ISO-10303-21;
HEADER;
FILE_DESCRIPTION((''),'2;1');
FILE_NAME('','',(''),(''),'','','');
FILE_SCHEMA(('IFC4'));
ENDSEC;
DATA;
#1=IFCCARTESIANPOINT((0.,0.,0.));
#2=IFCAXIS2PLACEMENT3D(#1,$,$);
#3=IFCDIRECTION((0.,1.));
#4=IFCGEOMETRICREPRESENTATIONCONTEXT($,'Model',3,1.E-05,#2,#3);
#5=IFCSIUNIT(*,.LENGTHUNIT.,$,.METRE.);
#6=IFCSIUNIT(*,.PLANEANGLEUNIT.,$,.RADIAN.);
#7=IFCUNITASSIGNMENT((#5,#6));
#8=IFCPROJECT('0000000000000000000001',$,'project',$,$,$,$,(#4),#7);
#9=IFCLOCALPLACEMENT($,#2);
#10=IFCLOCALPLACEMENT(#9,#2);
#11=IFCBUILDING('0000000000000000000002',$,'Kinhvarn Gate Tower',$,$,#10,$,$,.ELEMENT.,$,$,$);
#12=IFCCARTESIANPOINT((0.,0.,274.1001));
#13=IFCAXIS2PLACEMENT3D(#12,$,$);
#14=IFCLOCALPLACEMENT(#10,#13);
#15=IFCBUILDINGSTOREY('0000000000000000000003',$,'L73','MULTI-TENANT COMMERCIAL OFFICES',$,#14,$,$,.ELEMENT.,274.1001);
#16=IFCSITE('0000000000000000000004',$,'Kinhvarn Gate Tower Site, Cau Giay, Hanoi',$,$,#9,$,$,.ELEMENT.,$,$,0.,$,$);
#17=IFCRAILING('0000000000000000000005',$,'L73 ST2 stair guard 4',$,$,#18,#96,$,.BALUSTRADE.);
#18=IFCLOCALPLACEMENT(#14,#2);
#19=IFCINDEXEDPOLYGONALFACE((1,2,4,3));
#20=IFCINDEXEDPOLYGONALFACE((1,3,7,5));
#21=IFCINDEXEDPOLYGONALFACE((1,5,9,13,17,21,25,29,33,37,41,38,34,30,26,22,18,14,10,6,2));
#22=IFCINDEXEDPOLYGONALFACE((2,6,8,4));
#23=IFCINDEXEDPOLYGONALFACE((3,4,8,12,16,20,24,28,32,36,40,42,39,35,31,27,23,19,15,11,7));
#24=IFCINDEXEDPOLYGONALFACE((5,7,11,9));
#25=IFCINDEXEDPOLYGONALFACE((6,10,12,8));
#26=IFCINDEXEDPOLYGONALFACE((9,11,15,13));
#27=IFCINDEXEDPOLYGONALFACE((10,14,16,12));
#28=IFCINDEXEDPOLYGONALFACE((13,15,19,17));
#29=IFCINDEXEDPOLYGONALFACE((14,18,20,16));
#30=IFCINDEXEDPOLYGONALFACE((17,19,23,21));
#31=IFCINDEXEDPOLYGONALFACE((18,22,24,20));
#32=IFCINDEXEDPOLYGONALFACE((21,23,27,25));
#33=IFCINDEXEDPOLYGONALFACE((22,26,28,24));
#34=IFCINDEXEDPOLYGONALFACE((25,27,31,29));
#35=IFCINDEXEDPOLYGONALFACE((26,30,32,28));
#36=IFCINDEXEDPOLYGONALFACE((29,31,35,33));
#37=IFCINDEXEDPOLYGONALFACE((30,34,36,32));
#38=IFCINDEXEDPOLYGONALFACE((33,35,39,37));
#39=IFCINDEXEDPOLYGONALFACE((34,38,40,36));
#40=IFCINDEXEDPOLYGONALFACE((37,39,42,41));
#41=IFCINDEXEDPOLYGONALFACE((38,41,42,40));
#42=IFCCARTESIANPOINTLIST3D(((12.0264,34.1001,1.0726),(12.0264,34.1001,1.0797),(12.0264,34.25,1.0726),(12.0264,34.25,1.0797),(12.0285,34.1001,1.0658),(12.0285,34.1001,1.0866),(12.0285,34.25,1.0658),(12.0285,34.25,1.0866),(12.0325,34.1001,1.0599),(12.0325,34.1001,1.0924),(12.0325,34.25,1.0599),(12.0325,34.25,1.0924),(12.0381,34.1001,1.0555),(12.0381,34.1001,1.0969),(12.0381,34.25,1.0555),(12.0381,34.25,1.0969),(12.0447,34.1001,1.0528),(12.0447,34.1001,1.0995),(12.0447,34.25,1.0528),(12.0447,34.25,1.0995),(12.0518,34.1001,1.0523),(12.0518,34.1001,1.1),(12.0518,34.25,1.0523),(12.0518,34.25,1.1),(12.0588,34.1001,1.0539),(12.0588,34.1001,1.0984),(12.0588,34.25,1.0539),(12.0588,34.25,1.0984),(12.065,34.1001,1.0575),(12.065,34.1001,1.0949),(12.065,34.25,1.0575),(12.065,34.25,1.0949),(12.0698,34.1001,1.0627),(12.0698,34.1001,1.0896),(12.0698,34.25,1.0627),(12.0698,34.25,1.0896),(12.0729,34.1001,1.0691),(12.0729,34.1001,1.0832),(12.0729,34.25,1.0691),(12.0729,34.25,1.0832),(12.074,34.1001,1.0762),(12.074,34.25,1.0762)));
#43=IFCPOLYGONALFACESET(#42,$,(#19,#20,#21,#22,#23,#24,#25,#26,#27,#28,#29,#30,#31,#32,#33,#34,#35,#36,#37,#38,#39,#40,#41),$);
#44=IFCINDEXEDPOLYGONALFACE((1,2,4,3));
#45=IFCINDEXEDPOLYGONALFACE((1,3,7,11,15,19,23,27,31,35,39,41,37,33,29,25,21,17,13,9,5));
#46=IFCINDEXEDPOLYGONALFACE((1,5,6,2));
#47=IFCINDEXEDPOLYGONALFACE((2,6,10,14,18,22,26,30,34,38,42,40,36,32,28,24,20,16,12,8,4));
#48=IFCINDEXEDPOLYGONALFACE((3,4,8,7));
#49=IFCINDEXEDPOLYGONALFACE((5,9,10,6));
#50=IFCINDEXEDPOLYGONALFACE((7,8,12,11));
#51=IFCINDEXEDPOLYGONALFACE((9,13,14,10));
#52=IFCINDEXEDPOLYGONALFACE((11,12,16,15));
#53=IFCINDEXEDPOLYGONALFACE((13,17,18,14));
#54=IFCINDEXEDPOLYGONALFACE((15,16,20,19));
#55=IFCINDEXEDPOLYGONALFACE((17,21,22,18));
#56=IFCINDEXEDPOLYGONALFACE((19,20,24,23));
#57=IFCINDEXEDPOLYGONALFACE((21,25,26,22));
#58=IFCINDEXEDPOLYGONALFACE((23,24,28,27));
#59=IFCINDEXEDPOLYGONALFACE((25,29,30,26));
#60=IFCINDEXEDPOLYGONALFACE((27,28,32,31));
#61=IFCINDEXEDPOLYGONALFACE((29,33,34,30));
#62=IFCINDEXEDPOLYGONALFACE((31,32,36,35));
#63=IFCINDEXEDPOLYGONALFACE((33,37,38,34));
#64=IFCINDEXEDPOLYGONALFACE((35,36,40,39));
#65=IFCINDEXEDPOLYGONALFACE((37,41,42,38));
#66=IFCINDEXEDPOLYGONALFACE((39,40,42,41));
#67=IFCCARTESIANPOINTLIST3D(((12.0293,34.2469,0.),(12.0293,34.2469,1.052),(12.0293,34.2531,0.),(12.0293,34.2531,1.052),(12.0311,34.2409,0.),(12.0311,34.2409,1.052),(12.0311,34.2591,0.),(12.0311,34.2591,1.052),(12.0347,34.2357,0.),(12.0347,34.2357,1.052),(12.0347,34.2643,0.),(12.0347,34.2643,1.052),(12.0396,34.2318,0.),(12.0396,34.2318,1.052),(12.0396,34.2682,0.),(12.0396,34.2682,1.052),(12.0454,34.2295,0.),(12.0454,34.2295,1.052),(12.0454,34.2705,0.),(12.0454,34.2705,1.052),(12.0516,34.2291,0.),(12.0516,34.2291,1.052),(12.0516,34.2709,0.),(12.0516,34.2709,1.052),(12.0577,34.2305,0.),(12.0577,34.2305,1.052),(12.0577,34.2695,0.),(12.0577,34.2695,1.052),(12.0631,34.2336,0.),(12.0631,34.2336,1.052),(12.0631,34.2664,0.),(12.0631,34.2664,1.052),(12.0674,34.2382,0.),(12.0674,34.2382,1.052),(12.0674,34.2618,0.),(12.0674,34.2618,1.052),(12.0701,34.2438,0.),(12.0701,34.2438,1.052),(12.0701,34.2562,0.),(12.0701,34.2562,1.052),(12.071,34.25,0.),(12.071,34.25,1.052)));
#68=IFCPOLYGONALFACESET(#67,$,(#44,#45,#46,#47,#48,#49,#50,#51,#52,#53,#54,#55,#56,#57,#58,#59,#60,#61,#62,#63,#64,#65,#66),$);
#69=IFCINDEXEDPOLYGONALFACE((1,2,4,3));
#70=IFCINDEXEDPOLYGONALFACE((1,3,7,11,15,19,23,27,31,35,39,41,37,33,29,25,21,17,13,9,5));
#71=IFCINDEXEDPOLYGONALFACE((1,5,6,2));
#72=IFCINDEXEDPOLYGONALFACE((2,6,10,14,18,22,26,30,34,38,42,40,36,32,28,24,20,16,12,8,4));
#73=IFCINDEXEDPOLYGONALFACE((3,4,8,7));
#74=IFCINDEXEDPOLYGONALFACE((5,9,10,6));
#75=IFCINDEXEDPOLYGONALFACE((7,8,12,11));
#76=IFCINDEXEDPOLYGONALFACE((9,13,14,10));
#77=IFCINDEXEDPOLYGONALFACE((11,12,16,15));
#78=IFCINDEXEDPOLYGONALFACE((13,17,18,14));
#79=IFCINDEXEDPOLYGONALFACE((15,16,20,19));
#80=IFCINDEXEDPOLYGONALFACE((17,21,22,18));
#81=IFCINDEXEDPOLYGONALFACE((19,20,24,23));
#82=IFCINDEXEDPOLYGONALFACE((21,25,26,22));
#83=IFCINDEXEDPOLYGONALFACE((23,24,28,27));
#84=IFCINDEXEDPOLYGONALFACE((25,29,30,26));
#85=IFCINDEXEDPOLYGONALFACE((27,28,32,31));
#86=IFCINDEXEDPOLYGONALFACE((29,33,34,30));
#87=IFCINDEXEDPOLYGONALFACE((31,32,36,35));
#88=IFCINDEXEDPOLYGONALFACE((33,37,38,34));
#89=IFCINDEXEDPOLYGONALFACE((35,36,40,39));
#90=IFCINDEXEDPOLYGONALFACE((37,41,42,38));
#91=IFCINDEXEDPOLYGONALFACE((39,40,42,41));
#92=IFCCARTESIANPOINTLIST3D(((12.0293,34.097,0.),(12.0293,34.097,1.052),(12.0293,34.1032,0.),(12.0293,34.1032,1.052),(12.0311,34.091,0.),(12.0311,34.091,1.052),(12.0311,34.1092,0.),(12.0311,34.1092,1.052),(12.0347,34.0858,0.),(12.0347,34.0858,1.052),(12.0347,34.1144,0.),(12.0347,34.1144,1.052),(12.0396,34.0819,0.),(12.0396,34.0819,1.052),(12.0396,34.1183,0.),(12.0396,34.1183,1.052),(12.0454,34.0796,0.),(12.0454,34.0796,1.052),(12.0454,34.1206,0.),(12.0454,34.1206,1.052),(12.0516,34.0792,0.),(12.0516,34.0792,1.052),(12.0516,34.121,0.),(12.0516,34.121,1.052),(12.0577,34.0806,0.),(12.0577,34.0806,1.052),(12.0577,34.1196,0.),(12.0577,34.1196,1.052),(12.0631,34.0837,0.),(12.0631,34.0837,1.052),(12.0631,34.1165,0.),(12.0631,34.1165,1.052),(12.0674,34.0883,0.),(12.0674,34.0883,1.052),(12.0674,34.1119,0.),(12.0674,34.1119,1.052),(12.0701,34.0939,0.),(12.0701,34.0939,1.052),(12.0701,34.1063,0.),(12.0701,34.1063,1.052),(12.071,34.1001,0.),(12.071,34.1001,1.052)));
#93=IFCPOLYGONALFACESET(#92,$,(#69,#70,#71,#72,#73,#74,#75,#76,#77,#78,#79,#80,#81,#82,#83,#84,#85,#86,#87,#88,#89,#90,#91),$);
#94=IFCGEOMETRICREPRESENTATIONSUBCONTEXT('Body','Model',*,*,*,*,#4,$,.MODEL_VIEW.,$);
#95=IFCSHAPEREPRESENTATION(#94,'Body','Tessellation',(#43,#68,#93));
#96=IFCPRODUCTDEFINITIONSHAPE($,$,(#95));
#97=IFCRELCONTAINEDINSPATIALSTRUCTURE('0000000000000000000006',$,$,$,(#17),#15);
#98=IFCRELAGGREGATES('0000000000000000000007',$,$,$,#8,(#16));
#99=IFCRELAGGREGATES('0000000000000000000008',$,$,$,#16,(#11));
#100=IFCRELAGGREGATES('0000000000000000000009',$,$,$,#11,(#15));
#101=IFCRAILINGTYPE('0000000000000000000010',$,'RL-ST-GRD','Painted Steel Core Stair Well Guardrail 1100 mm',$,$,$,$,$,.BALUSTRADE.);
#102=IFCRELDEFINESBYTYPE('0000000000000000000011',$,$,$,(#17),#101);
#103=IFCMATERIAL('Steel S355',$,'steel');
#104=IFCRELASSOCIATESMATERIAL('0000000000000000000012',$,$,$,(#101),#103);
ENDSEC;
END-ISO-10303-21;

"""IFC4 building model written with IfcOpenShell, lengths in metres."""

from ifc_helpers import new_model, si_unit, direction, frame, origin, origin_2d, place, context, subcontext, project, spatial, circle, extrude, material, type_object, element, save


model = new_model("IFC4")

# Units and contexts
model_context = context("Model", 3, precision=1e-05, world=origin(), true_north=direction((0.0, 1.0)))
body_context = subcontext(model_context, "Body", "Model", "MODEL_VIEW")
ifc_project = project(units=[si_unit("LENGTHUNIT", "METRE"), si_unit("PLANEANGLEUNIT", "RADIAN")], contexts=[model_context])

# Site, building, storey
site_placement = place(None, origin())
site = spatial("IfcSite", under=ifc_project, at=site_placement, Name="Kinhvarn Gate Tower Site, Cau Giay, Hanoi", CompositionType="ELEMENT", RefElevation=0.0)
building_placement = place(site_placement, origin())
building = spatial("IfcBuilding", under=site, at=building_placement, Name="Kinhvarn Gate Tower", CompositionType="ELEMENT")
storey_placement = place(building_placement, frame((0.0, 0.0, 274.1001)))
storey = spatial("IfcBuildingStorey", under=building, at=storey_placement, Name="L73", Description="MULTI-TENANT COMMERCIAL OFFICES", CompositionType="ELEMENT", Elevation=274.1001)

# Railing
ifc_material_1 = material(Name="Steel S355", Category="steel")
railing_type_1 = type_object("IfcRailingType", Name="RL-ST-GRD", Description="Painted Steel Core Stair Well Guardrail 1100 mm", PredefinedType="BALUSTRADE", material=ifc_material_1)
railing_1_placement = place(storey_placement, frame((12.05, 34.25, 0.0)))
element("IfcRailing", 1, at=railing_1_placement, inside=storey, type_object=railing_type_1, Name="L73 ST2 stair guard 4", PredefinedType="BALUSTRADE", context=body_context, shape_type="SweptSolid", body=[
    extrude(circle(Radius=0.0239, at=origin_2d()), frame((0.0, 0.0, 1.0762), z_axis=(0.0, -1.0, 0.0), x_axis=(1.0, 0.0, 0.0)), (0.0, 0.0, 1.0), 0.1499),
    extrude(circle(Radius=0.021, at=origin_2d()), origin(), (0.0, 0.0, 1.0), 1.052),
    extrude(circle(Radius=0.021, at=origin_2d()), frame((0.0, -0.1499, 0.0)), (0.0, 0.0, 1.0), 1.052),
])

save(model, "model.ifc")
